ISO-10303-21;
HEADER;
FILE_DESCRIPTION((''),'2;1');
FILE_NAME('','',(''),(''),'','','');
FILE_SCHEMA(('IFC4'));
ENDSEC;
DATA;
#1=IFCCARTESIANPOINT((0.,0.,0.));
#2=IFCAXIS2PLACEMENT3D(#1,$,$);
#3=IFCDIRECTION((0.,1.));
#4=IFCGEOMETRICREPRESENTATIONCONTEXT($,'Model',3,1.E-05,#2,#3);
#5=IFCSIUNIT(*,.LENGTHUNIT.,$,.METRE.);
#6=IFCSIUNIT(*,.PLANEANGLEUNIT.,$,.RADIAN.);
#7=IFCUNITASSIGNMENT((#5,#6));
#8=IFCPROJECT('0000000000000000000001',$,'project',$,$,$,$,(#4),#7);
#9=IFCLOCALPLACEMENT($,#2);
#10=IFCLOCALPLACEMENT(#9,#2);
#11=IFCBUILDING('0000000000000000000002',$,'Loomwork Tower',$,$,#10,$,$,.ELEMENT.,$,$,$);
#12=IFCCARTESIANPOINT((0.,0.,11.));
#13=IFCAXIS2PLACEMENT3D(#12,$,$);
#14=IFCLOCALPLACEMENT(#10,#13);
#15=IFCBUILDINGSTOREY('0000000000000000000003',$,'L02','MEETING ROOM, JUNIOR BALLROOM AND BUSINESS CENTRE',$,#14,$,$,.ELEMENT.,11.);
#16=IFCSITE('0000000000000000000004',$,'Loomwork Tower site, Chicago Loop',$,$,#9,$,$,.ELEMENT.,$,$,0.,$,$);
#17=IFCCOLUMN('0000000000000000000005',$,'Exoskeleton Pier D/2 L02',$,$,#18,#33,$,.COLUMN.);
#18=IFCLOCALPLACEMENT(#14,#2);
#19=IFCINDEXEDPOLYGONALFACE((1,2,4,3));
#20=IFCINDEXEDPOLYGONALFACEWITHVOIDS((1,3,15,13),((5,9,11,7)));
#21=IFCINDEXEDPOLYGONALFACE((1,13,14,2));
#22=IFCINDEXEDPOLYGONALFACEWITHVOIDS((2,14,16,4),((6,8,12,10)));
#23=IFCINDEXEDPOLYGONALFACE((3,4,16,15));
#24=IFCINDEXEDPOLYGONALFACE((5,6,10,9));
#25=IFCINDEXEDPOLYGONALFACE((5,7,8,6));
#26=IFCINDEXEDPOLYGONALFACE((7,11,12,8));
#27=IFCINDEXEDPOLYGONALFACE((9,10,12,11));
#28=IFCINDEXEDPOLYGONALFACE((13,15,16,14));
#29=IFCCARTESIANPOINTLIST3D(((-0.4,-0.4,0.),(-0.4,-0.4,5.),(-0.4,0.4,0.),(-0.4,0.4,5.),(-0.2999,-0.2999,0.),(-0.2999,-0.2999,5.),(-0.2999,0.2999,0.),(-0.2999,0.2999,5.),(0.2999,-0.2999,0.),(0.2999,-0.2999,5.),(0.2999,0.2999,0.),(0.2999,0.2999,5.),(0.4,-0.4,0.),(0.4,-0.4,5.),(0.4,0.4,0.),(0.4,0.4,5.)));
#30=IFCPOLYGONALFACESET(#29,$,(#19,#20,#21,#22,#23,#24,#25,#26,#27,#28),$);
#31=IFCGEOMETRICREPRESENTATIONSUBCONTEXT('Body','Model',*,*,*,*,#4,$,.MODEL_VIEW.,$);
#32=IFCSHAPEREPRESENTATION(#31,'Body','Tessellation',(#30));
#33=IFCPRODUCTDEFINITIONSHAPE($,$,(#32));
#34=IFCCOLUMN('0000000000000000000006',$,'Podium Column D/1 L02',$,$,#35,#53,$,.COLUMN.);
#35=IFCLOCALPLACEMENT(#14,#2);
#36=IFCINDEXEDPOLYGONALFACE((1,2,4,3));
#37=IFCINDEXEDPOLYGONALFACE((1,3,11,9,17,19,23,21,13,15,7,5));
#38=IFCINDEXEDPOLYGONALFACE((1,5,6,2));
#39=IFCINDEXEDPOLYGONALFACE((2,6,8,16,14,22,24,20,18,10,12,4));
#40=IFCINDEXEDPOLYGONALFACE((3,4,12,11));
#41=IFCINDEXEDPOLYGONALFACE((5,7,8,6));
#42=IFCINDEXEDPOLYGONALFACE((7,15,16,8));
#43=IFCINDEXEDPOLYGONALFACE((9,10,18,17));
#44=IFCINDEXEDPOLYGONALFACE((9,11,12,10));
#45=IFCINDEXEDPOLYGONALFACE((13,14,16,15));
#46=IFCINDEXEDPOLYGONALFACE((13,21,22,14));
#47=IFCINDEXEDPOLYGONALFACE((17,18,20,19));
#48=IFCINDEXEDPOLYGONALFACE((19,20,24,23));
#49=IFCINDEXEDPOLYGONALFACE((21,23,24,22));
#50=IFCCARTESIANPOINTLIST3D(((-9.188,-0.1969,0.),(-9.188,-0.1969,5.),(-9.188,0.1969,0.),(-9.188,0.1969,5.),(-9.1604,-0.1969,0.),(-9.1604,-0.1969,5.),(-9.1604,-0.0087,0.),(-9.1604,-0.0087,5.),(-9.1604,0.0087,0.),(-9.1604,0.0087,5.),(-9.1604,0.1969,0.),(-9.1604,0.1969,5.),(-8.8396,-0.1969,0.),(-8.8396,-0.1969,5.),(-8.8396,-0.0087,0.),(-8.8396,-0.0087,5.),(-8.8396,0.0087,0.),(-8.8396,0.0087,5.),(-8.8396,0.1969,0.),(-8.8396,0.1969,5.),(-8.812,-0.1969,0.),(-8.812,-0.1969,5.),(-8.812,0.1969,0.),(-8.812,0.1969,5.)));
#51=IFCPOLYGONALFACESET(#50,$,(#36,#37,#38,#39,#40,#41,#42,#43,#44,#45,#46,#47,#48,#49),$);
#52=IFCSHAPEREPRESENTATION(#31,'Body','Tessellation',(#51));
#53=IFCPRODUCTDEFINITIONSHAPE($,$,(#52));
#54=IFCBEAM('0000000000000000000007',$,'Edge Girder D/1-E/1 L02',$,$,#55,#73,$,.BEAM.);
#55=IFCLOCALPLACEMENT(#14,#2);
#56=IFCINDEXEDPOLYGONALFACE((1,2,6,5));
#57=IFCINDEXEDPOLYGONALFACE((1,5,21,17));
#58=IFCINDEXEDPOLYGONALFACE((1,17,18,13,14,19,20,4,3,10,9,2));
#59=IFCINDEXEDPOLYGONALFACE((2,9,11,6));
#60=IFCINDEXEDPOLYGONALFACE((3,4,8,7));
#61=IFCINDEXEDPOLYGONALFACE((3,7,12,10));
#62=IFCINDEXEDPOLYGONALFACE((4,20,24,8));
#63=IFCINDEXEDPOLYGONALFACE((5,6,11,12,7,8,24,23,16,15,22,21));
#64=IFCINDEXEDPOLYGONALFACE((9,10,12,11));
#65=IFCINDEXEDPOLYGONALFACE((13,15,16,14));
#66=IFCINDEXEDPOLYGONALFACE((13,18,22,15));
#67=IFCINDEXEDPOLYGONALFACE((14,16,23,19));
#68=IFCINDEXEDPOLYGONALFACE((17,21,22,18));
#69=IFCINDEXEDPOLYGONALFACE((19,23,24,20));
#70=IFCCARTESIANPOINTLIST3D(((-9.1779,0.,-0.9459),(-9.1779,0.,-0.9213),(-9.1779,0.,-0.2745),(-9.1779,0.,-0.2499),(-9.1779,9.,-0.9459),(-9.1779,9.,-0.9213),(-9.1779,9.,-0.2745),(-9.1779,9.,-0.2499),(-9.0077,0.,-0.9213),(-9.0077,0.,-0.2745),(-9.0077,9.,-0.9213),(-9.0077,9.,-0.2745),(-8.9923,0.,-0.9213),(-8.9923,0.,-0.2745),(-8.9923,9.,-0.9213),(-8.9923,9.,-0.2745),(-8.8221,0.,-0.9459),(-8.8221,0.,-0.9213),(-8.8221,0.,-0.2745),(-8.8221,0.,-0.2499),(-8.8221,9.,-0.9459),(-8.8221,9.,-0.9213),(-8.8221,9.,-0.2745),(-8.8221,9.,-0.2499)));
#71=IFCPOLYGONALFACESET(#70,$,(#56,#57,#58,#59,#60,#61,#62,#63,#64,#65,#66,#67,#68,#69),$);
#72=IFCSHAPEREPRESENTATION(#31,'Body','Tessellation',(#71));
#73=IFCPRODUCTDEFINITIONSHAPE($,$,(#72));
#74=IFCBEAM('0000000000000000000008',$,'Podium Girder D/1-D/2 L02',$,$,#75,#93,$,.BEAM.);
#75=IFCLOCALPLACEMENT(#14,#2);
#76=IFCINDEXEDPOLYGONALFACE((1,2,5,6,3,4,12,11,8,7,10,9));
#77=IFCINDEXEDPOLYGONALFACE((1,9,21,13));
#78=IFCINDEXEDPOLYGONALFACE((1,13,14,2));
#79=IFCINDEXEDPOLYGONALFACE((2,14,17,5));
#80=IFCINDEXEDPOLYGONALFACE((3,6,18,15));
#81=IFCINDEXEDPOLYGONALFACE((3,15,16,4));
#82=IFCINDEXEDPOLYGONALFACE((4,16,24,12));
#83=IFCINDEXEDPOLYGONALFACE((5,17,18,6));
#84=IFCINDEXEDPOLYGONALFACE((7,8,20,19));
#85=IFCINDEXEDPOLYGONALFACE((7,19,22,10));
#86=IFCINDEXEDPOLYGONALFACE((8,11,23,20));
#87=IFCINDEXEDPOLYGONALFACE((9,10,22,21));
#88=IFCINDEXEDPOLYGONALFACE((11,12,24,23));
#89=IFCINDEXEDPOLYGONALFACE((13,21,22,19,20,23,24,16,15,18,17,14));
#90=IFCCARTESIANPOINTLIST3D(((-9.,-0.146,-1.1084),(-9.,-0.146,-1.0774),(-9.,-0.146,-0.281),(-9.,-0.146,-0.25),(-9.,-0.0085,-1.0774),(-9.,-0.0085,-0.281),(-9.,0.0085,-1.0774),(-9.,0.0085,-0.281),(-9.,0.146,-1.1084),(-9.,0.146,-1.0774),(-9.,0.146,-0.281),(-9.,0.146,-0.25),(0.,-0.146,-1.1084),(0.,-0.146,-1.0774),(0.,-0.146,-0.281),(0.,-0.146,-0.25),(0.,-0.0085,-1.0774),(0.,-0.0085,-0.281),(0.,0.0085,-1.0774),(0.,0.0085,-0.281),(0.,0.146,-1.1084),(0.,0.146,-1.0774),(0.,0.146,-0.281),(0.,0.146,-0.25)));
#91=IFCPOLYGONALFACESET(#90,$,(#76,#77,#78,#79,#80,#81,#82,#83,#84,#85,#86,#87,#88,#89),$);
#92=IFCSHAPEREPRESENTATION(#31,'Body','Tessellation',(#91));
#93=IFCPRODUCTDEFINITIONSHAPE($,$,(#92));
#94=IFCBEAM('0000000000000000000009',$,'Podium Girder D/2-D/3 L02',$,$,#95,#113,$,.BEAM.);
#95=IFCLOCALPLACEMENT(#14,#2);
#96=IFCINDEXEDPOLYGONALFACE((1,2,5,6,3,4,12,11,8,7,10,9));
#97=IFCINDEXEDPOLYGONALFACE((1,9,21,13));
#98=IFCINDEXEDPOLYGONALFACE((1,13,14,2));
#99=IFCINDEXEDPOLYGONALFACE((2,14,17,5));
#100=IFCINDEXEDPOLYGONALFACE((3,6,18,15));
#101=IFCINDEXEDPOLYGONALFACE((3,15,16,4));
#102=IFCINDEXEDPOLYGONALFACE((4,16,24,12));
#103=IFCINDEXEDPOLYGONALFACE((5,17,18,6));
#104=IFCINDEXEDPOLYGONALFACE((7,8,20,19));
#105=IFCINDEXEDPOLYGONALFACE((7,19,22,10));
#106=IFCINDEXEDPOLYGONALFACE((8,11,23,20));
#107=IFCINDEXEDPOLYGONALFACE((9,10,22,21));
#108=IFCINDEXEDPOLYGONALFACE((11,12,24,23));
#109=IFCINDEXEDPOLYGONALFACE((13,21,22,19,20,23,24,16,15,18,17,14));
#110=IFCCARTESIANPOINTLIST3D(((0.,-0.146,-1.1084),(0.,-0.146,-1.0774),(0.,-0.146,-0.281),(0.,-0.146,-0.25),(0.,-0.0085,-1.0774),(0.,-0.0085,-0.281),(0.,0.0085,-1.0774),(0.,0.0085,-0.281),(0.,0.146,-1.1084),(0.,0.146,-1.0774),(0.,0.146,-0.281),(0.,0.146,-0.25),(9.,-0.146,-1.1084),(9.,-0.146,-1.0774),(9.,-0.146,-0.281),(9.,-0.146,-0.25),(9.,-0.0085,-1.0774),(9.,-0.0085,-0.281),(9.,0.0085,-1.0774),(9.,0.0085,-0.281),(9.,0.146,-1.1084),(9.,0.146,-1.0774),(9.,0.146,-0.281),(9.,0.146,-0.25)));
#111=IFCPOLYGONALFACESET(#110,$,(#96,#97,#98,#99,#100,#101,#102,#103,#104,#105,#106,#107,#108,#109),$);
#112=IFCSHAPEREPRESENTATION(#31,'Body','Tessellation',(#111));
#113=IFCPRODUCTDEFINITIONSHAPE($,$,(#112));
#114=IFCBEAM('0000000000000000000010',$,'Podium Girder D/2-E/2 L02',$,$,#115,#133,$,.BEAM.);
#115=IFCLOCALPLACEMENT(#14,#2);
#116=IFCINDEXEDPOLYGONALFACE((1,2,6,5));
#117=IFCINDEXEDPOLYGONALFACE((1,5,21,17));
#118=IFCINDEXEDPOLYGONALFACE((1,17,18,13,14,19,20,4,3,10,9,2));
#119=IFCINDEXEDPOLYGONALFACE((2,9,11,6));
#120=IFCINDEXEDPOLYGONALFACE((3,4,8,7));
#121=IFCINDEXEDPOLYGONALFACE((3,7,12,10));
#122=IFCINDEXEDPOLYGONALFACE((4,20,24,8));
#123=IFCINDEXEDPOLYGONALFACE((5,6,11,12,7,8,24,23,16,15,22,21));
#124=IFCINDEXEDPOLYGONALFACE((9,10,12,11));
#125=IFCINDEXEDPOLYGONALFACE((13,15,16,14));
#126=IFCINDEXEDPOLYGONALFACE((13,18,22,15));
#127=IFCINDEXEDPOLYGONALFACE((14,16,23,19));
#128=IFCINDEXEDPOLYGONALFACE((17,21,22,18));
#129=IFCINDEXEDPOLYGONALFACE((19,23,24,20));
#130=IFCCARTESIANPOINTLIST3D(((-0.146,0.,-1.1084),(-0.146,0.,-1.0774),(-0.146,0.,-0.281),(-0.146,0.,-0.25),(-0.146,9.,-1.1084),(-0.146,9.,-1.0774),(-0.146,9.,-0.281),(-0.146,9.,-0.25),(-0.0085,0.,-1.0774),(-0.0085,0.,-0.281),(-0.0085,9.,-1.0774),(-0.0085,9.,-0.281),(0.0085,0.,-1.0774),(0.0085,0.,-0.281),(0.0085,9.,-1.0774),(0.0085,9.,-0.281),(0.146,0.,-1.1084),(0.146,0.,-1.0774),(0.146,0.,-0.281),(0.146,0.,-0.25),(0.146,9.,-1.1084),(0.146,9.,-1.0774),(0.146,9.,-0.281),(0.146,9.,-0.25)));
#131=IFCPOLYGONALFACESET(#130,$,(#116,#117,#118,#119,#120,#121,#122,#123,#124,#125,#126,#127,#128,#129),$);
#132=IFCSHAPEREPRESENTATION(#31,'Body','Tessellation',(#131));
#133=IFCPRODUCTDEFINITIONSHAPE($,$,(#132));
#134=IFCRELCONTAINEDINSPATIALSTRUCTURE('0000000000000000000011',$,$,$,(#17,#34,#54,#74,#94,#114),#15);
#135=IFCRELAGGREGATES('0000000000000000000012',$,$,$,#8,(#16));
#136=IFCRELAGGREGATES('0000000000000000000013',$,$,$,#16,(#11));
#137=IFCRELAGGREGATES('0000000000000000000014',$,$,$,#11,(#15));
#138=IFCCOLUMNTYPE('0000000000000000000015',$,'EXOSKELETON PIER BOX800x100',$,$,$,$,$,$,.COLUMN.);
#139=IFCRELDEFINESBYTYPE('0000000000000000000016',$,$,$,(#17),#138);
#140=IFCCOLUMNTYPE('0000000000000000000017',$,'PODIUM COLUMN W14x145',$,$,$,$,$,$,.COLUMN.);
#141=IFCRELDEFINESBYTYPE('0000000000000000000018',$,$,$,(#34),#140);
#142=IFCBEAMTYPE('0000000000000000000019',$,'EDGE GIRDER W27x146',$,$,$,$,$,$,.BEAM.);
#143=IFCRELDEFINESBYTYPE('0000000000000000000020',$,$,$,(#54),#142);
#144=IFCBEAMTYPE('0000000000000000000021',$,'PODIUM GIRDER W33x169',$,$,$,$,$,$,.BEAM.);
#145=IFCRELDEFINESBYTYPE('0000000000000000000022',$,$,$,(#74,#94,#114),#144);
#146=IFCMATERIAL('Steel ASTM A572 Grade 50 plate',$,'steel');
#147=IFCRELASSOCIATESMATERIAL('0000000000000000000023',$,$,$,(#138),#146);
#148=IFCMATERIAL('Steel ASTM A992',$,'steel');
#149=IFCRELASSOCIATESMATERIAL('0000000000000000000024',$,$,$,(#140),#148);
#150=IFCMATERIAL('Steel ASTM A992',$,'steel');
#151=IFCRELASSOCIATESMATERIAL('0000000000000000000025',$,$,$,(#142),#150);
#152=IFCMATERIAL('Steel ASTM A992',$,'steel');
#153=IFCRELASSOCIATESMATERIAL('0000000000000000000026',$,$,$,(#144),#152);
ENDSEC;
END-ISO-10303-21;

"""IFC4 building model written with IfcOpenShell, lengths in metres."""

from ifc_helpers import new_model, si_unit, direction, frame, origin, origin_with_axes, origin_2d, place, context, subcontext, project, spatial, hollow_rectangle, i_section, extrude, material, material_profile, profile_set, type_object, element, save


model = new_model("IFC4")

# Units and contexts
model_context = context("Model", 3, precision=1e-05, world=origin(), true_north=direction((0.0, 1.0)))
body_context = subcontext(model_context, "Body", "Model", "MODEL_VIEW")
ifc_project = project(units=[si_unit("LENGTHUNIT", "METRE"), si_unit("PLANEANGLEUNIT", "RADIAN")], contexts=[model_context])

# Site, building, storey
site_placement = place(None, origin())
site = spatial("IfcSite", under=ifc_project, at=site_placement, Name="Loomwork Tower site, Chicago Loop", CompositionType="ELEMENT", RefElevation=0.0)
building_placement = place(site_placement, origin())
building = spatial("IfcBuilding", under=site, at=building_placement, Name="Loomwork Tower", CompositionType="ELEMENT")
storey_placement = place(building_placement, frame((0.0, 0.0, 11.0)))
storey = spatial("IfcBuildingStorey", under=building, at=storey_placement, Name="L02", Description="MEETING ROOM, JUNIOR BALLROOM AND BUSINESS CENTRE", CompositionType="ELEMENT", Elevation=11.0)

# Columns
ifc_material_1 = material(Name="Steel ASTM A572 Grade 50 plate", Category="steel")
ifc_material_profile_1 = material_profile(ifc_material_1, hollow_rectangle(XDim=0.8, YDim=0.8, WallThickness=0.1001, at=origin_2d()), Name="BOX800x100")
ifc_profile_set_1 = profile_set([ifc_material_profile_1], Name="Steel ASTM A572 Grade 50 plate")
column_type_1 = type_object("IfcColumnType", Name="EXOSKELETON PIER BOX800x100", PredefinedType="COLUMN", material=ifc_profile_set_1)
column_1_placement = place(storey_placement, origin_with_axes())
element("IfcColumn", 1, at=column_1_placement, inside=storey, type_object=column_type_1, Name="Exoskeleton Pier D/2 L02", PredefinedType="COLUMN", context=body_context, shape_type="SweptSolid", body=[
    extrude(hollow_rectangle(XDim=0.8, YDim=0.8, WallThickness=0.1001, at=origin_2d()), origin(), (0.0, 0.0, 1.0), 5.0),
])
ifc_material_2 = material(Name="Steel ASTM A992", Category="steel")
ifc_material_profile_2 = material_profile(ifc_material_2, i_section(OverallWidth=0.3938, OverallDepth=0.376, WebThickness=0.0173, FlangeThickness=0.0276, at=origin_2d()), Name="W14x145")
ifc_profile_set_2 = profile_set([ifc_material_profile_2], Name="Steel ASTM A992")
column_type_2 = type_object("IfcColumnType", Name="PODIUM COLUMN W14x145", PredefinedType="COLUMN", material=ifc_profile_set_2)
column_2_placement = place(storey_placement, frame((-9.0, 0.0, 0.0), z_axis=(0.0, 0.0, 1.0), x_axis=(0.0, 1.0, 0.0)))
element("IfcColumn", 2, at=column_2_placement, inside=storey, type_object=column_type_2, Name="Podium Column D/1 L02", PredefinedType="COLUMN", context=body_context, shape_type="SweptSolid", body=[
    extrude(i_section(OverallWidth=0.3938, OverallDepth=0.376, WebThickness=0.0173, FlangeThickness=0.0276, at=origin_2d()), origin(), (0.0, 0.0, 1.0), 5.0),
])

# Beams
ifc_material_3 = material(Name="Steel ASTM A992", Category="steel")
ifc_material_profile_3 = material_profile(ifc_material_3, i_section(OverallWidth=0.3557, OverallDepth=0.696, WebThickness=0.0154, FlangeThickness=0.0247, at=origin_2d()), Name="W27x146")
ifc_profile_set_3 = profile_set([ifc_material_profile_3], Name="Steel ASTM A992")
beam_type_1 = type_object("IfcBeamType", Name="EDGE GIRDER W27x146", PredefinedType="BEAM", material=ifc_profile_set_3)
beam_placement = place(storey_placement, frame((-9.0, 0.0, -0.5979), z_axis=(0.0, 1.0, 0.0), x_axis=(-1.0, 0.0, 0.0)))
element("IfcBeam", 3, at=beam_placement, inside=storey, type_object=beam_type_1, Name="Edge Girder D/1-E/1 L02", PredefinedType="BEAM", context=body_context, shape_type="SweptSolid", body=[
    extrude(i_section(OverallWidth=0.3557, OverallDepth=0.696, WebThickness=0.0154, FlangeThickness=0.0247, at=origin_2d()), origin(), (0.0, 0.0, 1.0), 9.0),
])
ifc_material_4 = material(Name="Steel ASTM A992", Category="steel")
ifc_material_profile_4 = material_profile(ifc_material_4, i_section(OverallWidth=0.292, OverallDepth=0.8584, WebThickness=0.0171, FlangeThickness=0.031, at=origin_2d()), Name="W33x169")
ifc_profile_set_4 = profile_set([ifc_material_profile_4], Name="Steel ASTM A992")
beam_type_2 = type_object("IfcBeamType", Name="PODIUM GIRDER W33x169", PredefinedType="BEAM", material=ifc_profile_set_4)
for number, where, z_axis, x_axis, name in (
    (4, (-9.0, 0.0, -0.6792), (1.0, 0.0, 0.0), (0.0, 1.0, 0.0), "Podium Girder D/1-D/2 L02"),
    (5, (0.0, 0.0, -0.6792), (1.0, 0.0, 0.0), (0.0, 1.0, 0.0), "Podium Girder D/2-D/3 L02"),
    (6, (0.0, 0.0, -0.6792), (0.0, 1.0, 0.0), (-1.0, 0.0, 0.0), "Podium Girder D/2-E/2 L02"),
):
    element("IfcBeam", number, at=place(storey_placement, frame(where, z_axis=z_axis, x_axis=x_axis)), inside=storey, type_object=beam_type_2, Name=name, PredefinedType="BEAM", context=body_context, shape_type="SweptSolid", body=[
        extrude(i_section(OverallWidth=0.292, OverallDepth=0.8584, WebThickness=0.0171, FlangeThickness=0.031, at=origin_2d()), origin(), (0.0, 0.0, 1.0), 9.0),
    ])

save(model, "model.ifc")
